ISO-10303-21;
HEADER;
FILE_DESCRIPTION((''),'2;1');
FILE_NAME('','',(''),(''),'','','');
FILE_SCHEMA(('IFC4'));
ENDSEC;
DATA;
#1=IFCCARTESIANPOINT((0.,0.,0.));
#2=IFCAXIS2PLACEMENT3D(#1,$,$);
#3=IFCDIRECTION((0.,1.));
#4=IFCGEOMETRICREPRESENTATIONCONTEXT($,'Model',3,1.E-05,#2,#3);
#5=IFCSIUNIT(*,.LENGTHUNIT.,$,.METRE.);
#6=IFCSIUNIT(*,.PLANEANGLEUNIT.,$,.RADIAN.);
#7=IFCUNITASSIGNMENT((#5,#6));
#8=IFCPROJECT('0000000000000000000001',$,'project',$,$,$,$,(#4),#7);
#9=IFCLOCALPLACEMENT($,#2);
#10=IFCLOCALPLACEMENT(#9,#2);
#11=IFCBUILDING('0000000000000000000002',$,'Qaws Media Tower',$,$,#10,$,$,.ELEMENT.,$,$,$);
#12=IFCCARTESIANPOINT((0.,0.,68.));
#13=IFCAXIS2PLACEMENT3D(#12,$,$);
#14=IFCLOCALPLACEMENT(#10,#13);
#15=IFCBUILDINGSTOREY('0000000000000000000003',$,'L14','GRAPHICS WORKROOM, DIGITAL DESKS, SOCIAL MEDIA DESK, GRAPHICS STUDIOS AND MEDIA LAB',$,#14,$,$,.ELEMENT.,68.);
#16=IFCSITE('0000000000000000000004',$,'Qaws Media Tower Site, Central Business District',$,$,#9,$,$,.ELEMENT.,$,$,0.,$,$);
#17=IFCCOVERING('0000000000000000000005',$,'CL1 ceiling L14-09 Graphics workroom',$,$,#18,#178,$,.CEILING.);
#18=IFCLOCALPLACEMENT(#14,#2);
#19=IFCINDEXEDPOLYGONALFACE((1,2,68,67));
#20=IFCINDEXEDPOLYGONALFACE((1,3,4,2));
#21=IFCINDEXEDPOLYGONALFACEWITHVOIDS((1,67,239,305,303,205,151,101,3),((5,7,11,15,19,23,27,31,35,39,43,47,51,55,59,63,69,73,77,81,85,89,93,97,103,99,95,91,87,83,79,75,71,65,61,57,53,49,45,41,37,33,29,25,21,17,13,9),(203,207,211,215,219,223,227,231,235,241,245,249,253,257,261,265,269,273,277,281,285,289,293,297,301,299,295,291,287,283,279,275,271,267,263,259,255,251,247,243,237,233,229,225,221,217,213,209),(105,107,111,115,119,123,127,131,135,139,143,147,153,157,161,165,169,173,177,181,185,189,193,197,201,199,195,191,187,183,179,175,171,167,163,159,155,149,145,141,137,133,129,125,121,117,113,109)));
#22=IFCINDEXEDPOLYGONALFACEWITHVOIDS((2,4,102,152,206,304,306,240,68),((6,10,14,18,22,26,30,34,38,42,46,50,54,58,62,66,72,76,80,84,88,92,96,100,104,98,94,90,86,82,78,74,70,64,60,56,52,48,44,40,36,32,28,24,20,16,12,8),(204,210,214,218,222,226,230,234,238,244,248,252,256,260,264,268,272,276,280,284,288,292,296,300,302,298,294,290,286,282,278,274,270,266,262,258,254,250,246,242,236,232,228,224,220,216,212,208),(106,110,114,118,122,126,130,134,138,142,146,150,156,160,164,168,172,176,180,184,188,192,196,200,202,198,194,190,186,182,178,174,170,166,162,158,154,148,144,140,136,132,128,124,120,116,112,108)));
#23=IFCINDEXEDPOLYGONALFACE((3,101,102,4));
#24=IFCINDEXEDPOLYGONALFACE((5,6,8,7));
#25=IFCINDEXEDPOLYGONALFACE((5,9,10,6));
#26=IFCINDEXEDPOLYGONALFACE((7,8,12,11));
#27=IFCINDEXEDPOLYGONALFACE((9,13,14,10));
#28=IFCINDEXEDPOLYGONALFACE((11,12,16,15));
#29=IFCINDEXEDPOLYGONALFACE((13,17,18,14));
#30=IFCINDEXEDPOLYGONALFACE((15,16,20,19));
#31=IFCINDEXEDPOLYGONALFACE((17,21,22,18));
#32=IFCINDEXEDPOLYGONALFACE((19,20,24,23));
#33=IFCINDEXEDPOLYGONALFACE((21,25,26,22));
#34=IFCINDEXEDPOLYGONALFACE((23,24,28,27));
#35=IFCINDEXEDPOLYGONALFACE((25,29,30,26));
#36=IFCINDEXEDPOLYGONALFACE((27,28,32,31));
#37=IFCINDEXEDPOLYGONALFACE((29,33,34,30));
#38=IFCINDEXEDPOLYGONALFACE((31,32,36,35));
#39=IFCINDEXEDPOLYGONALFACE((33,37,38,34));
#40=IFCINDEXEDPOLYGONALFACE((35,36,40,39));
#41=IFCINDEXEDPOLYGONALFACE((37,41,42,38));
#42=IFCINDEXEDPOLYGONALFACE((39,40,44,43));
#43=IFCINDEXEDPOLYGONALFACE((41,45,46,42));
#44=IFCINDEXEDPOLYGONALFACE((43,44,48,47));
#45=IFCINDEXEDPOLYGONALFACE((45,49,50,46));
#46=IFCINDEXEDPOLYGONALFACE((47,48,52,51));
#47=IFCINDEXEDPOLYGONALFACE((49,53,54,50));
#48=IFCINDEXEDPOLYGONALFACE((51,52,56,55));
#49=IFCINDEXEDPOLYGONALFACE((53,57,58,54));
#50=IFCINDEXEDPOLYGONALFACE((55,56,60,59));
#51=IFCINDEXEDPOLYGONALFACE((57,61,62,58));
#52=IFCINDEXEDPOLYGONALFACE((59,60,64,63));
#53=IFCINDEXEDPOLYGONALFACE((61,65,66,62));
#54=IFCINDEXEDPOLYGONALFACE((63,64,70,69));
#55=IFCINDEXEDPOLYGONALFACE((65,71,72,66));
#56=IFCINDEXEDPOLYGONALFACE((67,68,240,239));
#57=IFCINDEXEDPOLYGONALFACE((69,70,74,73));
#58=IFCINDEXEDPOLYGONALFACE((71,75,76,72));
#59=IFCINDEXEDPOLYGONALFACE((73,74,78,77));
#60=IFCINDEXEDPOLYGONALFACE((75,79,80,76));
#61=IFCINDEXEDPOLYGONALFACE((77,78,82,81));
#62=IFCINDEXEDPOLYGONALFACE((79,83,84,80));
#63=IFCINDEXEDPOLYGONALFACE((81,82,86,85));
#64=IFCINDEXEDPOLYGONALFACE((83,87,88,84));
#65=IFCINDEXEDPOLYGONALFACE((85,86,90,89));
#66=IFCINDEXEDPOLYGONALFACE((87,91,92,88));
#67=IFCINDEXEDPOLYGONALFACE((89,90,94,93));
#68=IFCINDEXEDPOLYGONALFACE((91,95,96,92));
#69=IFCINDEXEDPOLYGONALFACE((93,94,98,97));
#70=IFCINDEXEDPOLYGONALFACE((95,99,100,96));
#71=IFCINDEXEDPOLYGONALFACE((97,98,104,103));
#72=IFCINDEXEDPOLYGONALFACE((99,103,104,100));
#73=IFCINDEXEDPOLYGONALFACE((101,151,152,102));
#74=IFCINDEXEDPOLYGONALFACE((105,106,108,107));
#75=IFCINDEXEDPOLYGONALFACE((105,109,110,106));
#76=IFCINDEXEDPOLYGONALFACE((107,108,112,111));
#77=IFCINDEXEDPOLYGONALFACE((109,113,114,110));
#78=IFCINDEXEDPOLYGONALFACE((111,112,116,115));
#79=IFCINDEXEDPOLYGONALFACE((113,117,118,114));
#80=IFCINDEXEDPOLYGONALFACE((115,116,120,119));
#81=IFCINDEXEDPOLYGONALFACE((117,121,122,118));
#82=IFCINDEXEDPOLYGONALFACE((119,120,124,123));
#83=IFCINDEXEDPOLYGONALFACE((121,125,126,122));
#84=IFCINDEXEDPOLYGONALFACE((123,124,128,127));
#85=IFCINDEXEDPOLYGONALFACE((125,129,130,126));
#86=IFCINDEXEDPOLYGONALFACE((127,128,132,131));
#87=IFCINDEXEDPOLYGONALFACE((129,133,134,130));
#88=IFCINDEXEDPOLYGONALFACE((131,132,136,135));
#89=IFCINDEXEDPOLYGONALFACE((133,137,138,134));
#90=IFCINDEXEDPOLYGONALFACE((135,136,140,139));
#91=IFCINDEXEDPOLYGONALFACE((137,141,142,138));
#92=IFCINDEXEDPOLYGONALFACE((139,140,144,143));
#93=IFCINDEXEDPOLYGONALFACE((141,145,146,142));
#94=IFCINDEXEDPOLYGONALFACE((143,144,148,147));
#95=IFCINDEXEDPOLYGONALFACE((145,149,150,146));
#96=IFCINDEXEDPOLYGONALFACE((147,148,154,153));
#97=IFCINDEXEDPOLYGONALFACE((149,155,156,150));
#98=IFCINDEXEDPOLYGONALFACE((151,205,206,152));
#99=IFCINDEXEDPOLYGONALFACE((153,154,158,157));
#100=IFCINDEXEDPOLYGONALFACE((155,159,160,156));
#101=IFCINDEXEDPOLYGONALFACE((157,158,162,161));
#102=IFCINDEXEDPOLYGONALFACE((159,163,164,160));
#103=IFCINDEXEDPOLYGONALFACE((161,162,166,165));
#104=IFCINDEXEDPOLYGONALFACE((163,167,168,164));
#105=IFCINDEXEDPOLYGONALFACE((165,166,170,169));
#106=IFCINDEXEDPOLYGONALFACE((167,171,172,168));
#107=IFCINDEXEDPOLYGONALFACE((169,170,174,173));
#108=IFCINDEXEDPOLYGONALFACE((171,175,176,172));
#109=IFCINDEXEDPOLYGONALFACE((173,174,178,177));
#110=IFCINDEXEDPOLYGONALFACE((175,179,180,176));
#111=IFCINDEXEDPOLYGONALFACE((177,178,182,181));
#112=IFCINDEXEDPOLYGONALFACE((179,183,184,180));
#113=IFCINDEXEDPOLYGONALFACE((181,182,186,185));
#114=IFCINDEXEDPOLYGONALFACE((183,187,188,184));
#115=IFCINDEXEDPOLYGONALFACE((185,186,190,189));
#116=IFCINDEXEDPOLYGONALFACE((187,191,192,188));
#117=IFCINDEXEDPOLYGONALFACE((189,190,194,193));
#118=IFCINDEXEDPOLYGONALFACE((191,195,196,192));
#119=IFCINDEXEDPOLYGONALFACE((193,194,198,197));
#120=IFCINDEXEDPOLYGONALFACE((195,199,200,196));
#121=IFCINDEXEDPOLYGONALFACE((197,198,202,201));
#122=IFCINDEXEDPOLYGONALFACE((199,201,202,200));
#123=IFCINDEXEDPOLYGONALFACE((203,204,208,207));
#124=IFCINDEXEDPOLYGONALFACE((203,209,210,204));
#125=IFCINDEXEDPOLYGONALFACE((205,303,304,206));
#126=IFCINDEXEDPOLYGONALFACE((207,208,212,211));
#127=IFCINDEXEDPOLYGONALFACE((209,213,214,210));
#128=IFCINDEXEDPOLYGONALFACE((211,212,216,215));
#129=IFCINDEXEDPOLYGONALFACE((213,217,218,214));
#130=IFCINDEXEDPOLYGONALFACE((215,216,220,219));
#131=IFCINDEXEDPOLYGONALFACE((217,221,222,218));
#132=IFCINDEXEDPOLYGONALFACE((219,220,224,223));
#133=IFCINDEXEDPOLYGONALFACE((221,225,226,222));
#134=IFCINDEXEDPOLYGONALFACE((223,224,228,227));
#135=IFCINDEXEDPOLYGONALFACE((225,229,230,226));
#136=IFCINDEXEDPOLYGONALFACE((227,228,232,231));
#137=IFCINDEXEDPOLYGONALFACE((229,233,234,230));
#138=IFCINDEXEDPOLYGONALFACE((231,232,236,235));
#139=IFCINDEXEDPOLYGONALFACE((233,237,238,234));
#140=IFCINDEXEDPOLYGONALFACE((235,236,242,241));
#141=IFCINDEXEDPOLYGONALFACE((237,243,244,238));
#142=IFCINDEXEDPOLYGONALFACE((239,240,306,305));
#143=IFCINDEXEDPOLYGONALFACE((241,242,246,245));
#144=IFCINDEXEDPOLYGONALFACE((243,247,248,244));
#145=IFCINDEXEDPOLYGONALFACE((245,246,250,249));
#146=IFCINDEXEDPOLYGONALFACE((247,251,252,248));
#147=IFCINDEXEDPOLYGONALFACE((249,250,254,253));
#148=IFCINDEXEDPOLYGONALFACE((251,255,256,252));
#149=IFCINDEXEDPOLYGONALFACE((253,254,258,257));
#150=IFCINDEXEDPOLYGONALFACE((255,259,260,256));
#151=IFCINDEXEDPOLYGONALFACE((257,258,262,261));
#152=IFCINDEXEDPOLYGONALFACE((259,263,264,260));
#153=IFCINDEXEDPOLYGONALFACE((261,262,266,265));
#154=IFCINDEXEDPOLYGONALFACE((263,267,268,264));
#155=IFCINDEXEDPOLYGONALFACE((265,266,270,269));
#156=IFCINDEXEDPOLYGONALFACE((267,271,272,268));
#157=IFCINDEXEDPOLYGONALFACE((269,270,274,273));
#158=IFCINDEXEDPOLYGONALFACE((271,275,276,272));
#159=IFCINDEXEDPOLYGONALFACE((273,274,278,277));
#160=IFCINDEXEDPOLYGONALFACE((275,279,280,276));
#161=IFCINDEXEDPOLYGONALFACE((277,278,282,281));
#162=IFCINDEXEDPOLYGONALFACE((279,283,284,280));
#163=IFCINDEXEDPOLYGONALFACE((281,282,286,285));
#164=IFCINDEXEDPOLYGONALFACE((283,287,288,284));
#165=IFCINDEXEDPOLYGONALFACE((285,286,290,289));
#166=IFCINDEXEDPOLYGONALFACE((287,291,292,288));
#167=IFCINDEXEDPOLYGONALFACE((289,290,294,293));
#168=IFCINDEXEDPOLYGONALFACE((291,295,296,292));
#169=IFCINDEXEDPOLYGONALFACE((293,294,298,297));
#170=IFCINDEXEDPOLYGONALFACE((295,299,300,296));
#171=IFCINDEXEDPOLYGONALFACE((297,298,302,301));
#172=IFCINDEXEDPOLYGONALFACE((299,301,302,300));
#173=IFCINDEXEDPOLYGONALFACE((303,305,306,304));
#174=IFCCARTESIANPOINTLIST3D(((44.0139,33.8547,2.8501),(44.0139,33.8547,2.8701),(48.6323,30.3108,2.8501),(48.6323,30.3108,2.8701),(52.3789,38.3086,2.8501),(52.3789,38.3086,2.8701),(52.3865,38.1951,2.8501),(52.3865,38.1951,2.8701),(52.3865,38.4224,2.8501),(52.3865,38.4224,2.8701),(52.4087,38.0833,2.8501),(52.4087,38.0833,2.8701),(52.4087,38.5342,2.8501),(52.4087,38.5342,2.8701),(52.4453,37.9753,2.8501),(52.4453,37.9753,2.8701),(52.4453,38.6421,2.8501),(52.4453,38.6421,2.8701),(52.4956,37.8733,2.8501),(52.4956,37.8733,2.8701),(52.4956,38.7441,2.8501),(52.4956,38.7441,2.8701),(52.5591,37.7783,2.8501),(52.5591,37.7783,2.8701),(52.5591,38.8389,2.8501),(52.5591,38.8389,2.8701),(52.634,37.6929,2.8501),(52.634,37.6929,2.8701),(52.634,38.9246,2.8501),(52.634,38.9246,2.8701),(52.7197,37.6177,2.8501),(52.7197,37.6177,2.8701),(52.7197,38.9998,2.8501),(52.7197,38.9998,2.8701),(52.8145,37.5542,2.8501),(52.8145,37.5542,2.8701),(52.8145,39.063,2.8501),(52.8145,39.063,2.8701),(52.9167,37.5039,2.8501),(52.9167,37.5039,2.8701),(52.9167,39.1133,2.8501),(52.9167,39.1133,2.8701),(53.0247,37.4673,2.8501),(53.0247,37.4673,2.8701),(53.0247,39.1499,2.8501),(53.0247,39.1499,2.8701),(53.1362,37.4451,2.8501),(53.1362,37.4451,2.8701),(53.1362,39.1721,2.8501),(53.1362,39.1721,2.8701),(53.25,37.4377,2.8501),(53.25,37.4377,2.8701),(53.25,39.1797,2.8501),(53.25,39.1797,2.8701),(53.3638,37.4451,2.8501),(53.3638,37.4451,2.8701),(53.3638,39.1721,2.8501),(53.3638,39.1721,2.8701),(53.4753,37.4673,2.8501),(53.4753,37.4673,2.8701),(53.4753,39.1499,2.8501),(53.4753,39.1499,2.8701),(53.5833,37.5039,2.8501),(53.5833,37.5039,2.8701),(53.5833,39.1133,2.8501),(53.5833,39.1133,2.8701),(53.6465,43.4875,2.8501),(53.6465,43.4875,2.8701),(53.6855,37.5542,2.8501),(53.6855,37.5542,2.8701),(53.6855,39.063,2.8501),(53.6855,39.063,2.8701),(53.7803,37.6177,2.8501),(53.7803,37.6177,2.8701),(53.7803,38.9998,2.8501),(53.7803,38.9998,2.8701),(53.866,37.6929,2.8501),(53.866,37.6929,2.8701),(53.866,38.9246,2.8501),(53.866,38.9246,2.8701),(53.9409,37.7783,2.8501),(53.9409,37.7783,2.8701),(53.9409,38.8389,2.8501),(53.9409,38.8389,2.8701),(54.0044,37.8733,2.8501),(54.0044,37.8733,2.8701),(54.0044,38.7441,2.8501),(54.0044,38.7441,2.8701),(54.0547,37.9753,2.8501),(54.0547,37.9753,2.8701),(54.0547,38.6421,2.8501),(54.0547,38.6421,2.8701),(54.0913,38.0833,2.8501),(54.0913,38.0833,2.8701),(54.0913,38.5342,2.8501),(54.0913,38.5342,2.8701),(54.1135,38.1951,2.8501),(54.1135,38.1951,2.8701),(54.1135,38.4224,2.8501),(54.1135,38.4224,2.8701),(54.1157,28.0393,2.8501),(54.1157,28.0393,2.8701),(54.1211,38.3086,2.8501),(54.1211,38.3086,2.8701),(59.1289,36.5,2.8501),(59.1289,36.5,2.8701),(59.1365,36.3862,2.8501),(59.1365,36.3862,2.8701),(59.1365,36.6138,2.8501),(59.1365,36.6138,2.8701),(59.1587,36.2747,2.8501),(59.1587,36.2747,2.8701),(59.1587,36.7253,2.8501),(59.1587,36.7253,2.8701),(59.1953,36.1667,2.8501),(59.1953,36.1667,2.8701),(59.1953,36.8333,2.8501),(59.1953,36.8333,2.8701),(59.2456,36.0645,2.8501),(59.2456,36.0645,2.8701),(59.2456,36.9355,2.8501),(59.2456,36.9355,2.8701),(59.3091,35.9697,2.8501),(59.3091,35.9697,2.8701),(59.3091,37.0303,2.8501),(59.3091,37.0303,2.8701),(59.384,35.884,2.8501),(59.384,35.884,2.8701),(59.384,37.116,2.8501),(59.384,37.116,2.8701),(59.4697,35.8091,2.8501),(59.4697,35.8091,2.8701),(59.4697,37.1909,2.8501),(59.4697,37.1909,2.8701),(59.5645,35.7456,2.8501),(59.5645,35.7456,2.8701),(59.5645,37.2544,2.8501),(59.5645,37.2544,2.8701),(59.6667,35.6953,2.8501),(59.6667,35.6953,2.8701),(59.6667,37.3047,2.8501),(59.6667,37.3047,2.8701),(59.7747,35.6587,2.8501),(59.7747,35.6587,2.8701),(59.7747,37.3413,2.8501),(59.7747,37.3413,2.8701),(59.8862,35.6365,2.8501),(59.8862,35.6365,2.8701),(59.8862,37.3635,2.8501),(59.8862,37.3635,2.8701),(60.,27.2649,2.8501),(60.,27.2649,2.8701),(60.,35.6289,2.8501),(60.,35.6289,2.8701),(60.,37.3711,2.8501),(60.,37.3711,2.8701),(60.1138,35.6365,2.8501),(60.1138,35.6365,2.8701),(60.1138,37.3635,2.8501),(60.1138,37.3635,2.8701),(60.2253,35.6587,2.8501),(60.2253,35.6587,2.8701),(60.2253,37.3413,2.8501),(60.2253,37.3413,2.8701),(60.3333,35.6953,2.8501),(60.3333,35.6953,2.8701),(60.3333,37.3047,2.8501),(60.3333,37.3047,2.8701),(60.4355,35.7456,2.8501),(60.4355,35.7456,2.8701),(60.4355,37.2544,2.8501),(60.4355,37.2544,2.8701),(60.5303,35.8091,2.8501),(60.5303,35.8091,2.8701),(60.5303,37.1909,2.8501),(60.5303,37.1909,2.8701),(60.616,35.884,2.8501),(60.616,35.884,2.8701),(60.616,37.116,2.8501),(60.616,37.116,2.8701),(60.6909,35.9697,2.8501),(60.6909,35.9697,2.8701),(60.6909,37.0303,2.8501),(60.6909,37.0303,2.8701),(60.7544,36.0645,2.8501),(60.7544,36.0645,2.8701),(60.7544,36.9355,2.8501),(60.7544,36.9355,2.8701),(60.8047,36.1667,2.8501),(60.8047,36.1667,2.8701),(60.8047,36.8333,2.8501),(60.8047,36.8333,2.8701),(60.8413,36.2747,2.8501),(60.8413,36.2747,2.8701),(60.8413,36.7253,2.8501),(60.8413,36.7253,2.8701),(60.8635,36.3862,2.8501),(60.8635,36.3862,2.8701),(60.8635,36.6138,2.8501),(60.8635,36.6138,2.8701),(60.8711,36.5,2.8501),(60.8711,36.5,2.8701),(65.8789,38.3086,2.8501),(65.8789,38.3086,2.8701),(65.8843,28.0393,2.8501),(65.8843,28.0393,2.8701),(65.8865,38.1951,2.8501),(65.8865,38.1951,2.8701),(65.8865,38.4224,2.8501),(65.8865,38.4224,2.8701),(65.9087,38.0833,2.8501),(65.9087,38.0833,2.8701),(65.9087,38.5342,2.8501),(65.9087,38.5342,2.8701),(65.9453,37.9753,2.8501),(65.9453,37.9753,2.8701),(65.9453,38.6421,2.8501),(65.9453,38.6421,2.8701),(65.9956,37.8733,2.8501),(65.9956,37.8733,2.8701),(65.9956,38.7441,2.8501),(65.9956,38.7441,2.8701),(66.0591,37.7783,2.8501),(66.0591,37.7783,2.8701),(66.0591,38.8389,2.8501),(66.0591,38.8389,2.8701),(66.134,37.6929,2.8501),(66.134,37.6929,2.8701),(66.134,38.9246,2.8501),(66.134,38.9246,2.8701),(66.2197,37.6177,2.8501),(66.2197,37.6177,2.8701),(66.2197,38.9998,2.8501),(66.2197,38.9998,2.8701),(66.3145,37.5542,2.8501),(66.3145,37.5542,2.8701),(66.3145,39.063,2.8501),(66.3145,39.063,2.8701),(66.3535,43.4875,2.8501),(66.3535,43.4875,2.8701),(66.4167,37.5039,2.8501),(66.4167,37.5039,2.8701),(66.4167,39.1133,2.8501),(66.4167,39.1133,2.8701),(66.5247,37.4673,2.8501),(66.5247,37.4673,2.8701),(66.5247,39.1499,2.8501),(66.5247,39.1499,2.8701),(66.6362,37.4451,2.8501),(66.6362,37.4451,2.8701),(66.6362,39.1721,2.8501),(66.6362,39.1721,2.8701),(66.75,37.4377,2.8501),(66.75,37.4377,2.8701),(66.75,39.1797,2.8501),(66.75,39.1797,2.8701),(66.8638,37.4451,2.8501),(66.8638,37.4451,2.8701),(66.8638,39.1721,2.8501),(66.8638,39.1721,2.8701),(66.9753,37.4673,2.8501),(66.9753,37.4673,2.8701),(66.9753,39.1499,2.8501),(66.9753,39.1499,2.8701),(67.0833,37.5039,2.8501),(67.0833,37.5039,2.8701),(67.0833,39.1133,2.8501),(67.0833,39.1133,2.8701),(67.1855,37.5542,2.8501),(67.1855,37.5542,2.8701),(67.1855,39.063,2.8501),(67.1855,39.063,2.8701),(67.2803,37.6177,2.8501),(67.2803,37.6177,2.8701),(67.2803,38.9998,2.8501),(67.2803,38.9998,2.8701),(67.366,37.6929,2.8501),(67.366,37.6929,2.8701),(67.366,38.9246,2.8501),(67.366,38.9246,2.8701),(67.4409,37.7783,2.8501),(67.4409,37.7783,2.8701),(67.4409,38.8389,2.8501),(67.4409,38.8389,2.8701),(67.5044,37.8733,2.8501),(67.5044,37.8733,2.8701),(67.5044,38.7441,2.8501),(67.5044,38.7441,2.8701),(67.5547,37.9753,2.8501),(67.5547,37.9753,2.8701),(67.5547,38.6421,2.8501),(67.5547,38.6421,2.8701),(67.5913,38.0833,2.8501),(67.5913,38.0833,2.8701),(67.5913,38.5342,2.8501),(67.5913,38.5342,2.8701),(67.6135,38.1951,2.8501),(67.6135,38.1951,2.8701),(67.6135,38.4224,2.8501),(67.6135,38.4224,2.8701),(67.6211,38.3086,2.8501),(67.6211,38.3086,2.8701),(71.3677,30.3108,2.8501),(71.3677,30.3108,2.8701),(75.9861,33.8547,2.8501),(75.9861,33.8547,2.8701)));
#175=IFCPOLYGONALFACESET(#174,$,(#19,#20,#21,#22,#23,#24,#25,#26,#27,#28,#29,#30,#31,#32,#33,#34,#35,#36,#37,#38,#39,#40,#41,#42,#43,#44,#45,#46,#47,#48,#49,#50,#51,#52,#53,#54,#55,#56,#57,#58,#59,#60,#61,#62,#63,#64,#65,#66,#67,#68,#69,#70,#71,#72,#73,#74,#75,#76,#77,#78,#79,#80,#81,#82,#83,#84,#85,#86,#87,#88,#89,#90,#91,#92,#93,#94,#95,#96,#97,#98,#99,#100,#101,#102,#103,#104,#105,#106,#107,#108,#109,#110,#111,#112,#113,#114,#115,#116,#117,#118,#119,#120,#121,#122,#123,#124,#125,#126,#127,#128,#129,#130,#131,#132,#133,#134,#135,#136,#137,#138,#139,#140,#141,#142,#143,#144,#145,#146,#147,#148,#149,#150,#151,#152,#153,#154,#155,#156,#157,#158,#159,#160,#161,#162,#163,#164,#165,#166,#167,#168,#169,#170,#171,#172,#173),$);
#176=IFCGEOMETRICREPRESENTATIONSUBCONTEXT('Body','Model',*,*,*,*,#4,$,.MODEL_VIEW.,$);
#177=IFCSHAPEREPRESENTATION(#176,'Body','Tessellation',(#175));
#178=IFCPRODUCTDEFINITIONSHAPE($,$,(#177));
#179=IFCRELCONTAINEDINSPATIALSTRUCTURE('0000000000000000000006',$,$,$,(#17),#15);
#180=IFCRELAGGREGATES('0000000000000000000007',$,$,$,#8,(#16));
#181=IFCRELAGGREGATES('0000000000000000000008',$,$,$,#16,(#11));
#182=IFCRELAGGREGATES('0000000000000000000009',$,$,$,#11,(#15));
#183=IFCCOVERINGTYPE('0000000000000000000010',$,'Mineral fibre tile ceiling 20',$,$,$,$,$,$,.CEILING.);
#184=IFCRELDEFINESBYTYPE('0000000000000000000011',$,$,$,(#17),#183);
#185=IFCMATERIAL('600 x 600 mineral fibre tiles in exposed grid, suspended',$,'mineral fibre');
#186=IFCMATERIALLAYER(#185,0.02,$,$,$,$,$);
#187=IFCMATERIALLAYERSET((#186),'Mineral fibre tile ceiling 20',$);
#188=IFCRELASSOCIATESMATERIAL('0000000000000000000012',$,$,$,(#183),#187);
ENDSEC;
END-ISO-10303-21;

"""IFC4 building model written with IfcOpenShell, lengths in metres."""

from ifc_helpers import new_model, si_unit, direction, frame, origin, place, context, subcontext, project, spatial, polyline, outline, extrude, material, layer, layer_set, type_object, element, save


model = new_model("IFC4")

# Units and contexts
model_context = context("Model", 3, precision=1e-05, world=origin(), true_north=direction((0.0, 1.0)))
body_context = subcontext(model_context, "Body", "Model", "MODEL_VIEW")
ifc_project = project(units=[si_unit("LENGTHUNIT", "METRE"), si_unit("PLANEANGLEUNIT", "RADIAN")], contexts=[model_context])

# Site, building, storey
site_placement = place(None, origin())
site = spatial("IfcSite", under=ifc_project, at=site_placement, Name="Qaws Media Tower Site, Central Business District", CompositionType="ELEMENT", RefElevation=0.0)
building_placement = place(site_placement, origin())
building = spatial("IfcBuilding", under=site, at=building_placement, Name="Qaws Media Tower", CompositionType="ELEMENT")
storey_placement = place(building_placement, frame((0.0, 0.0, 68.0)))
storey = spatial("IfcBuildingStorey", under=building, at=storey_placement, Name="L14", Description="GRAPHICS WORKROOM, DIGITAL DESKS, SOCIAL MEDIA DESK, GRAPHICS STUDIOS AND MEDIA LAB", CompositionType="ELEMENT", Elevation=68.0)

# Covering
ifc_material_1 = material(Name="600 x 600 mineral fibre tiles in exposed grid, suspended", Category="mineral fibre")
ifc_layer_1 = layer(ifc_material_1, 0.02)
ifc_layer_set_1 = layer_set([ifc_layer_1], Name="Mineral fibre tile ceiling 20")
covering_type_1 = type_object("IfcCoveringType", Name="Mineral fibre tile ceiling 20", PredefinedType="CEILING", material=ifc_layer_set_1)
covering_1_placement = place(storey_placement, frame((0.0, 0.0, 2.8501)))
element("IfcCovering", 1, at=covering_1_placement, inside=storey, type_object=covering_type_1, Name="CL1 ceiling L14-09 Graphics workroom", PredefinedType="CEILING", context=body_context, shape_type="SweptSolid", body=[
    extrude(outline(polyline([(66.3535, 43.4875), (75.9861, 33.8547), (71.3677, 30.3108), (65.8843, 28.0393), (60.0, 27.2649), (54.1157, 28.0393), (48.6323, 30.3108), (44.0139, 33.8547), (53.6465, 43.4875), (66.3535, 43.4875)]), holes=[polyline([(54.0913, 38.0833), (54.1135, 38.1951), (54.1211, 38.3086), (54.1135, 38.4224), (54.0913, 38.5342), (54.0547, 38.6421), (54.0044, 38.7441), (53.9409, 38.8389), (53.866, 38.9246), (53.7803, 38.9998), (53.6855, 39.063), (53.5833, 39.1133), (53.4753, 39.1499), (53.3638, 39.1721), (53.25, 39.1797), (53.1362, 39.1721), (53.0247, 39.1499), (52.9167, 39.1133), (52.8145, 39.063), (52.7197, 38.9998), (52.634, 38.9246), (52.5591, 38.8389), (52.4956, 38.7441), (52.4453, 38.6421), (52.4087, 38.5342), (52.3865, 38.4224), (52.3789, 38.3086), (52.3865, 38.1951), (52.4087, 38.0833), (52.4453, 37.9753), (52.4956, 37.8733), (52.5591, 37.7783), (52.634, 37.6929), (52.7197, 37.6177), (52.8145, 37.5542), (52.9167, 37.5039), (53.0247, 37.4673), (53.1362, 37.4451), (53.25, 37.4377), (53.3638, 37.4451), (53.4753, 37.4673), (53.5833, 37.5039), (53.6855, 37.5542), (53.7803, 37.6177), (53.866, 37.6929), (53.9409, 37.7783), (54.0044, 37.8733), (54.0547, 37.9753), (54.0913, 38.0833)]), polyline([(60.8413, 36.2747), (60.8635, 36.3862), (60.8711, 36.5), (60.8635, 36.6138), (60.8413, 36.7253), (60.8047, 36.8333), (60.7544, 36.9355), (60.6909, 37.0303), (60.616, 37.116), (60.5303, 37.1909), (60.4355, 37.2544), (60.3333, 37.3047), (60.2253, 37.3413), (60.1138, 37.3635), (60.0, 37.3711), (59.8862, 37.3635), (59.7747, 37.3413), (59.6667, 37.3047), (59.5645, 37.2544), (59.4697, 37.1909), (59.384, 37.116), (59.3091, 37.0303), (59.2456, 36.9355), (59.1953, 36.8333), (59.1587, 36.7253), (59.1365, 36.6138), (59.1289, 36.5), (59.1365, 36.3862), (59.1587, 36.2747), (59.1953, 36.1667), (59.2456, 36.0645), (59.3091, 35.9697), (59.384, 35.884), (59.4697, 35.8091), (59.5645, 35.7456), (59.6667, 35.6953), (59.7747, 35.6587), (59.8862, 35.6365), (60.0, 35.6289), (60.1138, 35.6365), (60.2253, 35.6587), (60.3333, 35.6953), (60.4355, 35.7456), (60.5303, 35.8091), (60.616, 35.884), (60.6909, 35.9697), (60.7544, 36.0645), (60.8047, 36.1667), (60.8413, 36.2747)]), polyline([(67.5547, 37.9753), (67.5913, 38.0833), (67.6135, 38.1951), (67.6211, 38.3086), (67.6135, 38.4224), (67.5913, 38.5342), (67.5547, 38.6421), (67.5044, 38.7441), (67.4409, 38.8389), (67.366, 38.9246), (67.2803, 38.9998), (67.1855, 39.063), (67.0833, 39.1133), (66.9753, 39.1499), (66.8638, 39.1721), (66.75, 39.1797), (66.6362, 39.1721), (66.5247, 39.1499), (66.4167, 39.1133), (66.3145, 39.063), (66.2197, 38.9998), (66.134, 38.9246), (66.0591, 38.8389), (65.9956, 38.7441), (65.9453, 38.6421), (65.9087, 38.5342), (65.8865, 38.4224), (65.8789, 38.3086), (65.8865, 38.1951), (65.9087, 38.0833), (65.9453, 37.9753), (65.9956, 37.8733), (66.0591, 37.7783), (66.134, 37.6929), (66.2197, 37.6177), (66.3145, 37.5542), (66.4167, 37.5039), (66.5247, 37.4673), (66.6362, 37.4451), (66.75, 37.4377), (66.8638, 37.4451), (66.9753, 37.4673), (67.0833, 37.5039), (67.1855, 37.5542), (67.2803, 37.6177), (67.366, 37.6929), (67.4409, 37.7783), (67.5044, 37.8733), (67.5547, 37.9753)])]), origin(), (0.0, 0.0, 1.0), 0.02),
])

save(model, "model.ifc")
